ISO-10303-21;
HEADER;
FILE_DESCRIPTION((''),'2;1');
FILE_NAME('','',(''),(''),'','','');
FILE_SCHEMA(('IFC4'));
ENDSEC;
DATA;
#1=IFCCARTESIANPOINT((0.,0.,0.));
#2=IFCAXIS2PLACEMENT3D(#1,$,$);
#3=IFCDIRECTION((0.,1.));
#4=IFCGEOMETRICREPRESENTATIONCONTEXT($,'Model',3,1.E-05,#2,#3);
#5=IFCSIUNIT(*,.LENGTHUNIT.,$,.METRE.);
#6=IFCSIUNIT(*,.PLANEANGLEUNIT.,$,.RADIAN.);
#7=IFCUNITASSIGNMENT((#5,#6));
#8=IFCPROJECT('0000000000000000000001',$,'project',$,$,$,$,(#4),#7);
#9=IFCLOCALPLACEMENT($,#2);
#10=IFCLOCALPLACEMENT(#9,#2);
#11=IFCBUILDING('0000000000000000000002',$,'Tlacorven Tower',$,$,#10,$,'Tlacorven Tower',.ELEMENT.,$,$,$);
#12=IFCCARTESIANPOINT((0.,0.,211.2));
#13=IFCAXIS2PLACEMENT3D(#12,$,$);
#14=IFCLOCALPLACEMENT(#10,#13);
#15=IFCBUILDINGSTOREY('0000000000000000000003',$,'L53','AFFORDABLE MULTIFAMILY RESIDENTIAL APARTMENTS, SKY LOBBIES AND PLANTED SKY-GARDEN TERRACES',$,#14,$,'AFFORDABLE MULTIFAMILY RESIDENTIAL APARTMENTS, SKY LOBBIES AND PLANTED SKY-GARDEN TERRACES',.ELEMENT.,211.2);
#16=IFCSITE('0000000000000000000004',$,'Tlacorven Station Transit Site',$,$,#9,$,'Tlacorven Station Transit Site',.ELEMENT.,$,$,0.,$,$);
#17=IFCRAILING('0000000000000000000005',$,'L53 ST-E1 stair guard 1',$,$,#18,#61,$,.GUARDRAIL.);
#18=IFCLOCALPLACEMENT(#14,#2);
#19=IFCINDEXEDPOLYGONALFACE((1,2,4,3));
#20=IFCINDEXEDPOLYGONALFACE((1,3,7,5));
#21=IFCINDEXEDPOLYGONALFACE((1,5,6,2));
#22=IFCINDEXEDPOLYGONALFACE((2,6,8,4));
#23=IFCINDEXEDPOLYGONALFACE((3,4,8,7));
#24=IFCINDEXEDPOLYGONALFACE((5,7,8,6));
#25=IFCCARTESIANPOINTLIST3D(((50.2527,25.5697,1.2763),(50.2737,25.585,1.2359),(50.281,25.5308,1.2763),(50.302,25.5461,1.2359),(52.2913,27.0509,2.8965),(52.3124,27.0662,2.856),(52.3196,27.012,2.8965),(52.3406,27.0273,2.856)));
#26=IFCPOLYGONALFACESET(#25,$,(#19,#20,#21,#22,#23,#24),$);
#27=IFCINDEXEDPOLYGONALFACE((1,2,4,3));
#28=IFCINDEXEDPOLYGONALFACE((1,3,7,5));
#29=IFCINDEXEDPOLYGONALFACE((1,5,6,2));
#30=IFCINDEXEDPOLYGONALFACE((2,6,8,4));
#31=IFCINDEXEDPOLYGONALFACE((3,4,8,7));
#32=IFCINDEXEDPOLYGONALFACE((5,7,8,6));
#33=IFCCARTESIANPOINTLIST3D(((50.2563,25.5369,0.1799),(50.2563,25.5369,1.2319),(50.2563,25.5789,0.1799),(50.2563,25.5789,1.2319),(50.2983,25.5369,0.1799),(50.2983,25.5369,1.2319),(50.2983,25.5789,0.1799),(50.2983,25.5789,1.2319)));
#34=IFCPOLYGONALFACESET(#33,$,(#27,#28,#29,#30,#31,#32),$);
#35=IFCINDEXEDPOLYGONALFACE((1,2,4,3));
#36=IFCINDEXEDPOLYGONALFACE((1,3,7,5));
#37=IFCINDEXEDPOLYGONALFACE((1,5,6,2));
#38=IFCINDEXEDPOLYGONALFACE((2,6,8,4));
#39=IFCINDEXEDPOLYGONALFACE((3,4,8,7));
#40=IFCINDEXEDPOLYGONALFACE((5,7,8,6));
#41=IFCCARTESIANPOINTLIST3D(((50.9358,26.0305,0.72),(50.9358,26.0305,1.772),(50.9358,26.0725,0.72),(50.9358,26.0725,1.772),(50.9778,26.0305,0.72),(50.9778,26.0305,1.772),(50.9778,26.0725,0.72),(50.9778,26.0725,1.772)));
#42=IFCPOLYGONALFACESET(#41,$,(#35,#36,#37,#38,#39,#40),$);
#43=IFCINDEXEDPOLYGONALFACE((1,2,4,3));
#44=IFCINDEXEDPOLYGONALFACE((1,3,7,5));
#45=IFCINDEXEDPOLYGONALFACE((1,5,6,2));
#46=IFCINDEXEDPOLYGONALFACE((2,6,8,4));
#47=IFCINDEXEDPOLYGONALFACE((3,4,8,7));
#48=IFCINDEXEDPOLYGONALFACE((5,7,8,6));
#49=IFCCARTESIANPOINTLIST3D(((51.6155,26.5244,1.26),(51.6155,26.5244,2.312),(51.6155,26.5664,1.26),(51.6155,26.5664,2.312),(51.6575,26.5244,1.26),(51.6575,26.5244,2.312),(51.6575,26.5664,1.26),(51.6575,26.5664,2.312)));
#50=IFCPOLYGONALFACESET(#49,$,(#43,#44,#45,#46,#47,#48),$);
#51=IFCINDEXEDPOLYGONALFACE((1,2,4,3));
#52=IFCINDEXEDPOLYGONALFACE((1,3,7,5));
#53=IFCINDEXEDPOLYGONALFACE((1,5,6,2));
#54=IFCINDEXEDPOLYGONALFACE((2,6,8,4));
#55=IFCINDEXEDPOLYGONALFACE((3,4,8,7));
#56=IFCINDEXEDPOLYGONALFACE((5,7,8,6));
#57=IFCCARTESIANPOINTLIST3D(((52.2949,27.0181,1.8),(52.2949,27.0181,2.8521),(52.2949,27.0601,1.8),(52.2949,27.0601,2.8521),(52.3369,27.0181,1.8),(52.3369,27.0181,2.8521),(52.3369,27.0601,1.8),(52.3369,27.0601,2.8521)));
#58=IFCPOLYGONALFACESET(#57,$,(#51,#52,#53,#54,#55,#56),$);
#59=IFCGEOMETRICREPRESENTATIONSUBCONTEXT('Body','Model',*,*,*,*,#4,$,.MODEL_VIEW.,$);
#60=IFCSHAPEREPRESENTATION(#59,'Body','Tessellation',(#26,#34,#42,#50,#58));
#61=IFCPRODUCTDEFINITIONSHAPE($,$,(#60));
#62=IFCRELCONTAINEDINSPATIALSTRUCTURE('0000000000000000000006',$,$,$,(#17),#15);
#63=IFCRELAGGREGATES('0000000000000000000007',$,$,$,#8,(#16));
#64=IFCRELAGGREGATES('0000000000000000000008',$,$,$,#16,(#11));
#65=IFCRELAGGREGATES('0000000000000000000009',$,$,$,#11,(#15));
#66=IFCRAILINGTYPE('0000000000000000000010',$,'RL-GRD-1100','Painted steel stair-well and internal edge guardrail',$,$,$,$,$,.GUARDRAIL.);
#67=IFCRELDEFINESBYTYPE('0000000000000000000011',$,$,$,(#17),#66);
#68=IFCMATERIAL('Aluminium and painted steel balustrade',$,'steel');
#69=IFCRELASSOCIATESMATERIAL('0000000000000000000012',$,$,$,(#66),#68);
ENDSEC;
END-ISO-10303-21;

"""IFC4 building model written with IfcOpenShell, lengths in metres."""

from ifc_helpers import new_model, si_unit, direction, frame, origin, origin_2d, place, context, subcontext, project, spatial, rectangle, extrude, source, transform, mapped, material, type_object, element, save


model = new_model("IFC4")

# Units and contexts
model_context = context("Model", 3, precision=1e-05, world=origin(), true_north=direction((0.0, 1.0)))
body_context = subcontext(model_context, "Body", "Model", "MODEL_VIEW")
ifc_project = project(units=[si_unit("LENGTHUNIT", "METRE"), si_unit("PLANEANGLEUNIT", "RADIAN")], contexts=[model_context])

# Site, building, storey
site_placement = place(None, origin())
site = spatial("IfcSite", under=ifc_project, at=site_placement, Name="Tlacorven Station Transit Site", LongName="Tlacorven Station Transit Site", CompositionType="ELEMENT", RefElevation=0.0)
building_placement = place(site_placement, origin())
building = spatial("IfcBuilding", under=site, at=building_placement, Name="Tlacorven Tower", LongName="Tlacorven Tower", CompositionType="ELEMENT")
storey_placement = place(building_placement, frame((0.0, 0.0, 211.2)))
storey = spatial("IfcBuildingStorey", under=building, at=storey_placement, Name="L53", Description="AFFORDABLE MULTIFAMILY RESIDENTIAL APARTMENTS, SKY LOBBIES AND PLANTED SKY-GARDEN TERRACES", LongName="AFFORDABLE MULTIFAMILY RESIDENTIAL APARTMENTS, SKY LOBBIES AND PLANTED SKY-GARDEN TERRACES", CompositionType="ELEMENT", Elevation=211.2)

# Railing
ifc_material_1 = material(Name="Aluminium and painted steel balustrade", Category="steel")
railing_type_1 = type_object("IfcRailingType", Name="RL-GRD-1100", Description="Painted steel stair-well and internal edge guardrail", PredefinedType="GUARDRAIL", material=ifc_material_1)
shared_shape_1 = source(origin(), body_context, "Body", "SweptSolid", [
    extrude(rectangle(XDim=0.0481, YDim=0.0481, at=origin_2d()), frame((0.0, 0.0, 1.0762), z_axis=(0.680489, 0.494434, 0.540805), x_axis=(-0.587809, 0.809, 0.0)), (0.0, 0.0, 1.0), 2.9958),
    extrude(rectangle(XDim=0.042, YDim=0.042, at=origin_2d()), origin(), (0.0, 0.0, 1.0), 1.052),
    extrude(rectangle(XDim=0.042, YDim=0.042, at=origin_2d()), frame((0.6794, 0.4937, 0.54)), (0.0, 0.0, 1.0), 1.052),
    extrude(rectangle(XDim=0.042, YDim=0.042, at=origin_2d()), frame((1.3591, 0.9875, 1.0801)), (0.0, 0.0, 1.0), 1.052),
    extrude(rectangle(XDim=0.042, YDim=0.042, at=origin_2d()), frame((2.0386, 1.4812, 1.6201)), (0.0, 0.0, 1.0), 1.052),
])
railing_1_placement = place(storey_placement, frame((50.2773, 25.5579, 0.1799)))
element("IfcRailing", 1, at=railing_1_placement, inside=storey, type_object=railing_type_1, Name="L53 ST-E1 stair guard 1", PredefinedType="GUARDRAIL", context=body_context, shape_type="MappedRepresentation", body=[
    mapped(shared_shape_1, transform((0.0, 0.0, 0.0), scale=1.0)),
])

save(model, "model.ifc")
